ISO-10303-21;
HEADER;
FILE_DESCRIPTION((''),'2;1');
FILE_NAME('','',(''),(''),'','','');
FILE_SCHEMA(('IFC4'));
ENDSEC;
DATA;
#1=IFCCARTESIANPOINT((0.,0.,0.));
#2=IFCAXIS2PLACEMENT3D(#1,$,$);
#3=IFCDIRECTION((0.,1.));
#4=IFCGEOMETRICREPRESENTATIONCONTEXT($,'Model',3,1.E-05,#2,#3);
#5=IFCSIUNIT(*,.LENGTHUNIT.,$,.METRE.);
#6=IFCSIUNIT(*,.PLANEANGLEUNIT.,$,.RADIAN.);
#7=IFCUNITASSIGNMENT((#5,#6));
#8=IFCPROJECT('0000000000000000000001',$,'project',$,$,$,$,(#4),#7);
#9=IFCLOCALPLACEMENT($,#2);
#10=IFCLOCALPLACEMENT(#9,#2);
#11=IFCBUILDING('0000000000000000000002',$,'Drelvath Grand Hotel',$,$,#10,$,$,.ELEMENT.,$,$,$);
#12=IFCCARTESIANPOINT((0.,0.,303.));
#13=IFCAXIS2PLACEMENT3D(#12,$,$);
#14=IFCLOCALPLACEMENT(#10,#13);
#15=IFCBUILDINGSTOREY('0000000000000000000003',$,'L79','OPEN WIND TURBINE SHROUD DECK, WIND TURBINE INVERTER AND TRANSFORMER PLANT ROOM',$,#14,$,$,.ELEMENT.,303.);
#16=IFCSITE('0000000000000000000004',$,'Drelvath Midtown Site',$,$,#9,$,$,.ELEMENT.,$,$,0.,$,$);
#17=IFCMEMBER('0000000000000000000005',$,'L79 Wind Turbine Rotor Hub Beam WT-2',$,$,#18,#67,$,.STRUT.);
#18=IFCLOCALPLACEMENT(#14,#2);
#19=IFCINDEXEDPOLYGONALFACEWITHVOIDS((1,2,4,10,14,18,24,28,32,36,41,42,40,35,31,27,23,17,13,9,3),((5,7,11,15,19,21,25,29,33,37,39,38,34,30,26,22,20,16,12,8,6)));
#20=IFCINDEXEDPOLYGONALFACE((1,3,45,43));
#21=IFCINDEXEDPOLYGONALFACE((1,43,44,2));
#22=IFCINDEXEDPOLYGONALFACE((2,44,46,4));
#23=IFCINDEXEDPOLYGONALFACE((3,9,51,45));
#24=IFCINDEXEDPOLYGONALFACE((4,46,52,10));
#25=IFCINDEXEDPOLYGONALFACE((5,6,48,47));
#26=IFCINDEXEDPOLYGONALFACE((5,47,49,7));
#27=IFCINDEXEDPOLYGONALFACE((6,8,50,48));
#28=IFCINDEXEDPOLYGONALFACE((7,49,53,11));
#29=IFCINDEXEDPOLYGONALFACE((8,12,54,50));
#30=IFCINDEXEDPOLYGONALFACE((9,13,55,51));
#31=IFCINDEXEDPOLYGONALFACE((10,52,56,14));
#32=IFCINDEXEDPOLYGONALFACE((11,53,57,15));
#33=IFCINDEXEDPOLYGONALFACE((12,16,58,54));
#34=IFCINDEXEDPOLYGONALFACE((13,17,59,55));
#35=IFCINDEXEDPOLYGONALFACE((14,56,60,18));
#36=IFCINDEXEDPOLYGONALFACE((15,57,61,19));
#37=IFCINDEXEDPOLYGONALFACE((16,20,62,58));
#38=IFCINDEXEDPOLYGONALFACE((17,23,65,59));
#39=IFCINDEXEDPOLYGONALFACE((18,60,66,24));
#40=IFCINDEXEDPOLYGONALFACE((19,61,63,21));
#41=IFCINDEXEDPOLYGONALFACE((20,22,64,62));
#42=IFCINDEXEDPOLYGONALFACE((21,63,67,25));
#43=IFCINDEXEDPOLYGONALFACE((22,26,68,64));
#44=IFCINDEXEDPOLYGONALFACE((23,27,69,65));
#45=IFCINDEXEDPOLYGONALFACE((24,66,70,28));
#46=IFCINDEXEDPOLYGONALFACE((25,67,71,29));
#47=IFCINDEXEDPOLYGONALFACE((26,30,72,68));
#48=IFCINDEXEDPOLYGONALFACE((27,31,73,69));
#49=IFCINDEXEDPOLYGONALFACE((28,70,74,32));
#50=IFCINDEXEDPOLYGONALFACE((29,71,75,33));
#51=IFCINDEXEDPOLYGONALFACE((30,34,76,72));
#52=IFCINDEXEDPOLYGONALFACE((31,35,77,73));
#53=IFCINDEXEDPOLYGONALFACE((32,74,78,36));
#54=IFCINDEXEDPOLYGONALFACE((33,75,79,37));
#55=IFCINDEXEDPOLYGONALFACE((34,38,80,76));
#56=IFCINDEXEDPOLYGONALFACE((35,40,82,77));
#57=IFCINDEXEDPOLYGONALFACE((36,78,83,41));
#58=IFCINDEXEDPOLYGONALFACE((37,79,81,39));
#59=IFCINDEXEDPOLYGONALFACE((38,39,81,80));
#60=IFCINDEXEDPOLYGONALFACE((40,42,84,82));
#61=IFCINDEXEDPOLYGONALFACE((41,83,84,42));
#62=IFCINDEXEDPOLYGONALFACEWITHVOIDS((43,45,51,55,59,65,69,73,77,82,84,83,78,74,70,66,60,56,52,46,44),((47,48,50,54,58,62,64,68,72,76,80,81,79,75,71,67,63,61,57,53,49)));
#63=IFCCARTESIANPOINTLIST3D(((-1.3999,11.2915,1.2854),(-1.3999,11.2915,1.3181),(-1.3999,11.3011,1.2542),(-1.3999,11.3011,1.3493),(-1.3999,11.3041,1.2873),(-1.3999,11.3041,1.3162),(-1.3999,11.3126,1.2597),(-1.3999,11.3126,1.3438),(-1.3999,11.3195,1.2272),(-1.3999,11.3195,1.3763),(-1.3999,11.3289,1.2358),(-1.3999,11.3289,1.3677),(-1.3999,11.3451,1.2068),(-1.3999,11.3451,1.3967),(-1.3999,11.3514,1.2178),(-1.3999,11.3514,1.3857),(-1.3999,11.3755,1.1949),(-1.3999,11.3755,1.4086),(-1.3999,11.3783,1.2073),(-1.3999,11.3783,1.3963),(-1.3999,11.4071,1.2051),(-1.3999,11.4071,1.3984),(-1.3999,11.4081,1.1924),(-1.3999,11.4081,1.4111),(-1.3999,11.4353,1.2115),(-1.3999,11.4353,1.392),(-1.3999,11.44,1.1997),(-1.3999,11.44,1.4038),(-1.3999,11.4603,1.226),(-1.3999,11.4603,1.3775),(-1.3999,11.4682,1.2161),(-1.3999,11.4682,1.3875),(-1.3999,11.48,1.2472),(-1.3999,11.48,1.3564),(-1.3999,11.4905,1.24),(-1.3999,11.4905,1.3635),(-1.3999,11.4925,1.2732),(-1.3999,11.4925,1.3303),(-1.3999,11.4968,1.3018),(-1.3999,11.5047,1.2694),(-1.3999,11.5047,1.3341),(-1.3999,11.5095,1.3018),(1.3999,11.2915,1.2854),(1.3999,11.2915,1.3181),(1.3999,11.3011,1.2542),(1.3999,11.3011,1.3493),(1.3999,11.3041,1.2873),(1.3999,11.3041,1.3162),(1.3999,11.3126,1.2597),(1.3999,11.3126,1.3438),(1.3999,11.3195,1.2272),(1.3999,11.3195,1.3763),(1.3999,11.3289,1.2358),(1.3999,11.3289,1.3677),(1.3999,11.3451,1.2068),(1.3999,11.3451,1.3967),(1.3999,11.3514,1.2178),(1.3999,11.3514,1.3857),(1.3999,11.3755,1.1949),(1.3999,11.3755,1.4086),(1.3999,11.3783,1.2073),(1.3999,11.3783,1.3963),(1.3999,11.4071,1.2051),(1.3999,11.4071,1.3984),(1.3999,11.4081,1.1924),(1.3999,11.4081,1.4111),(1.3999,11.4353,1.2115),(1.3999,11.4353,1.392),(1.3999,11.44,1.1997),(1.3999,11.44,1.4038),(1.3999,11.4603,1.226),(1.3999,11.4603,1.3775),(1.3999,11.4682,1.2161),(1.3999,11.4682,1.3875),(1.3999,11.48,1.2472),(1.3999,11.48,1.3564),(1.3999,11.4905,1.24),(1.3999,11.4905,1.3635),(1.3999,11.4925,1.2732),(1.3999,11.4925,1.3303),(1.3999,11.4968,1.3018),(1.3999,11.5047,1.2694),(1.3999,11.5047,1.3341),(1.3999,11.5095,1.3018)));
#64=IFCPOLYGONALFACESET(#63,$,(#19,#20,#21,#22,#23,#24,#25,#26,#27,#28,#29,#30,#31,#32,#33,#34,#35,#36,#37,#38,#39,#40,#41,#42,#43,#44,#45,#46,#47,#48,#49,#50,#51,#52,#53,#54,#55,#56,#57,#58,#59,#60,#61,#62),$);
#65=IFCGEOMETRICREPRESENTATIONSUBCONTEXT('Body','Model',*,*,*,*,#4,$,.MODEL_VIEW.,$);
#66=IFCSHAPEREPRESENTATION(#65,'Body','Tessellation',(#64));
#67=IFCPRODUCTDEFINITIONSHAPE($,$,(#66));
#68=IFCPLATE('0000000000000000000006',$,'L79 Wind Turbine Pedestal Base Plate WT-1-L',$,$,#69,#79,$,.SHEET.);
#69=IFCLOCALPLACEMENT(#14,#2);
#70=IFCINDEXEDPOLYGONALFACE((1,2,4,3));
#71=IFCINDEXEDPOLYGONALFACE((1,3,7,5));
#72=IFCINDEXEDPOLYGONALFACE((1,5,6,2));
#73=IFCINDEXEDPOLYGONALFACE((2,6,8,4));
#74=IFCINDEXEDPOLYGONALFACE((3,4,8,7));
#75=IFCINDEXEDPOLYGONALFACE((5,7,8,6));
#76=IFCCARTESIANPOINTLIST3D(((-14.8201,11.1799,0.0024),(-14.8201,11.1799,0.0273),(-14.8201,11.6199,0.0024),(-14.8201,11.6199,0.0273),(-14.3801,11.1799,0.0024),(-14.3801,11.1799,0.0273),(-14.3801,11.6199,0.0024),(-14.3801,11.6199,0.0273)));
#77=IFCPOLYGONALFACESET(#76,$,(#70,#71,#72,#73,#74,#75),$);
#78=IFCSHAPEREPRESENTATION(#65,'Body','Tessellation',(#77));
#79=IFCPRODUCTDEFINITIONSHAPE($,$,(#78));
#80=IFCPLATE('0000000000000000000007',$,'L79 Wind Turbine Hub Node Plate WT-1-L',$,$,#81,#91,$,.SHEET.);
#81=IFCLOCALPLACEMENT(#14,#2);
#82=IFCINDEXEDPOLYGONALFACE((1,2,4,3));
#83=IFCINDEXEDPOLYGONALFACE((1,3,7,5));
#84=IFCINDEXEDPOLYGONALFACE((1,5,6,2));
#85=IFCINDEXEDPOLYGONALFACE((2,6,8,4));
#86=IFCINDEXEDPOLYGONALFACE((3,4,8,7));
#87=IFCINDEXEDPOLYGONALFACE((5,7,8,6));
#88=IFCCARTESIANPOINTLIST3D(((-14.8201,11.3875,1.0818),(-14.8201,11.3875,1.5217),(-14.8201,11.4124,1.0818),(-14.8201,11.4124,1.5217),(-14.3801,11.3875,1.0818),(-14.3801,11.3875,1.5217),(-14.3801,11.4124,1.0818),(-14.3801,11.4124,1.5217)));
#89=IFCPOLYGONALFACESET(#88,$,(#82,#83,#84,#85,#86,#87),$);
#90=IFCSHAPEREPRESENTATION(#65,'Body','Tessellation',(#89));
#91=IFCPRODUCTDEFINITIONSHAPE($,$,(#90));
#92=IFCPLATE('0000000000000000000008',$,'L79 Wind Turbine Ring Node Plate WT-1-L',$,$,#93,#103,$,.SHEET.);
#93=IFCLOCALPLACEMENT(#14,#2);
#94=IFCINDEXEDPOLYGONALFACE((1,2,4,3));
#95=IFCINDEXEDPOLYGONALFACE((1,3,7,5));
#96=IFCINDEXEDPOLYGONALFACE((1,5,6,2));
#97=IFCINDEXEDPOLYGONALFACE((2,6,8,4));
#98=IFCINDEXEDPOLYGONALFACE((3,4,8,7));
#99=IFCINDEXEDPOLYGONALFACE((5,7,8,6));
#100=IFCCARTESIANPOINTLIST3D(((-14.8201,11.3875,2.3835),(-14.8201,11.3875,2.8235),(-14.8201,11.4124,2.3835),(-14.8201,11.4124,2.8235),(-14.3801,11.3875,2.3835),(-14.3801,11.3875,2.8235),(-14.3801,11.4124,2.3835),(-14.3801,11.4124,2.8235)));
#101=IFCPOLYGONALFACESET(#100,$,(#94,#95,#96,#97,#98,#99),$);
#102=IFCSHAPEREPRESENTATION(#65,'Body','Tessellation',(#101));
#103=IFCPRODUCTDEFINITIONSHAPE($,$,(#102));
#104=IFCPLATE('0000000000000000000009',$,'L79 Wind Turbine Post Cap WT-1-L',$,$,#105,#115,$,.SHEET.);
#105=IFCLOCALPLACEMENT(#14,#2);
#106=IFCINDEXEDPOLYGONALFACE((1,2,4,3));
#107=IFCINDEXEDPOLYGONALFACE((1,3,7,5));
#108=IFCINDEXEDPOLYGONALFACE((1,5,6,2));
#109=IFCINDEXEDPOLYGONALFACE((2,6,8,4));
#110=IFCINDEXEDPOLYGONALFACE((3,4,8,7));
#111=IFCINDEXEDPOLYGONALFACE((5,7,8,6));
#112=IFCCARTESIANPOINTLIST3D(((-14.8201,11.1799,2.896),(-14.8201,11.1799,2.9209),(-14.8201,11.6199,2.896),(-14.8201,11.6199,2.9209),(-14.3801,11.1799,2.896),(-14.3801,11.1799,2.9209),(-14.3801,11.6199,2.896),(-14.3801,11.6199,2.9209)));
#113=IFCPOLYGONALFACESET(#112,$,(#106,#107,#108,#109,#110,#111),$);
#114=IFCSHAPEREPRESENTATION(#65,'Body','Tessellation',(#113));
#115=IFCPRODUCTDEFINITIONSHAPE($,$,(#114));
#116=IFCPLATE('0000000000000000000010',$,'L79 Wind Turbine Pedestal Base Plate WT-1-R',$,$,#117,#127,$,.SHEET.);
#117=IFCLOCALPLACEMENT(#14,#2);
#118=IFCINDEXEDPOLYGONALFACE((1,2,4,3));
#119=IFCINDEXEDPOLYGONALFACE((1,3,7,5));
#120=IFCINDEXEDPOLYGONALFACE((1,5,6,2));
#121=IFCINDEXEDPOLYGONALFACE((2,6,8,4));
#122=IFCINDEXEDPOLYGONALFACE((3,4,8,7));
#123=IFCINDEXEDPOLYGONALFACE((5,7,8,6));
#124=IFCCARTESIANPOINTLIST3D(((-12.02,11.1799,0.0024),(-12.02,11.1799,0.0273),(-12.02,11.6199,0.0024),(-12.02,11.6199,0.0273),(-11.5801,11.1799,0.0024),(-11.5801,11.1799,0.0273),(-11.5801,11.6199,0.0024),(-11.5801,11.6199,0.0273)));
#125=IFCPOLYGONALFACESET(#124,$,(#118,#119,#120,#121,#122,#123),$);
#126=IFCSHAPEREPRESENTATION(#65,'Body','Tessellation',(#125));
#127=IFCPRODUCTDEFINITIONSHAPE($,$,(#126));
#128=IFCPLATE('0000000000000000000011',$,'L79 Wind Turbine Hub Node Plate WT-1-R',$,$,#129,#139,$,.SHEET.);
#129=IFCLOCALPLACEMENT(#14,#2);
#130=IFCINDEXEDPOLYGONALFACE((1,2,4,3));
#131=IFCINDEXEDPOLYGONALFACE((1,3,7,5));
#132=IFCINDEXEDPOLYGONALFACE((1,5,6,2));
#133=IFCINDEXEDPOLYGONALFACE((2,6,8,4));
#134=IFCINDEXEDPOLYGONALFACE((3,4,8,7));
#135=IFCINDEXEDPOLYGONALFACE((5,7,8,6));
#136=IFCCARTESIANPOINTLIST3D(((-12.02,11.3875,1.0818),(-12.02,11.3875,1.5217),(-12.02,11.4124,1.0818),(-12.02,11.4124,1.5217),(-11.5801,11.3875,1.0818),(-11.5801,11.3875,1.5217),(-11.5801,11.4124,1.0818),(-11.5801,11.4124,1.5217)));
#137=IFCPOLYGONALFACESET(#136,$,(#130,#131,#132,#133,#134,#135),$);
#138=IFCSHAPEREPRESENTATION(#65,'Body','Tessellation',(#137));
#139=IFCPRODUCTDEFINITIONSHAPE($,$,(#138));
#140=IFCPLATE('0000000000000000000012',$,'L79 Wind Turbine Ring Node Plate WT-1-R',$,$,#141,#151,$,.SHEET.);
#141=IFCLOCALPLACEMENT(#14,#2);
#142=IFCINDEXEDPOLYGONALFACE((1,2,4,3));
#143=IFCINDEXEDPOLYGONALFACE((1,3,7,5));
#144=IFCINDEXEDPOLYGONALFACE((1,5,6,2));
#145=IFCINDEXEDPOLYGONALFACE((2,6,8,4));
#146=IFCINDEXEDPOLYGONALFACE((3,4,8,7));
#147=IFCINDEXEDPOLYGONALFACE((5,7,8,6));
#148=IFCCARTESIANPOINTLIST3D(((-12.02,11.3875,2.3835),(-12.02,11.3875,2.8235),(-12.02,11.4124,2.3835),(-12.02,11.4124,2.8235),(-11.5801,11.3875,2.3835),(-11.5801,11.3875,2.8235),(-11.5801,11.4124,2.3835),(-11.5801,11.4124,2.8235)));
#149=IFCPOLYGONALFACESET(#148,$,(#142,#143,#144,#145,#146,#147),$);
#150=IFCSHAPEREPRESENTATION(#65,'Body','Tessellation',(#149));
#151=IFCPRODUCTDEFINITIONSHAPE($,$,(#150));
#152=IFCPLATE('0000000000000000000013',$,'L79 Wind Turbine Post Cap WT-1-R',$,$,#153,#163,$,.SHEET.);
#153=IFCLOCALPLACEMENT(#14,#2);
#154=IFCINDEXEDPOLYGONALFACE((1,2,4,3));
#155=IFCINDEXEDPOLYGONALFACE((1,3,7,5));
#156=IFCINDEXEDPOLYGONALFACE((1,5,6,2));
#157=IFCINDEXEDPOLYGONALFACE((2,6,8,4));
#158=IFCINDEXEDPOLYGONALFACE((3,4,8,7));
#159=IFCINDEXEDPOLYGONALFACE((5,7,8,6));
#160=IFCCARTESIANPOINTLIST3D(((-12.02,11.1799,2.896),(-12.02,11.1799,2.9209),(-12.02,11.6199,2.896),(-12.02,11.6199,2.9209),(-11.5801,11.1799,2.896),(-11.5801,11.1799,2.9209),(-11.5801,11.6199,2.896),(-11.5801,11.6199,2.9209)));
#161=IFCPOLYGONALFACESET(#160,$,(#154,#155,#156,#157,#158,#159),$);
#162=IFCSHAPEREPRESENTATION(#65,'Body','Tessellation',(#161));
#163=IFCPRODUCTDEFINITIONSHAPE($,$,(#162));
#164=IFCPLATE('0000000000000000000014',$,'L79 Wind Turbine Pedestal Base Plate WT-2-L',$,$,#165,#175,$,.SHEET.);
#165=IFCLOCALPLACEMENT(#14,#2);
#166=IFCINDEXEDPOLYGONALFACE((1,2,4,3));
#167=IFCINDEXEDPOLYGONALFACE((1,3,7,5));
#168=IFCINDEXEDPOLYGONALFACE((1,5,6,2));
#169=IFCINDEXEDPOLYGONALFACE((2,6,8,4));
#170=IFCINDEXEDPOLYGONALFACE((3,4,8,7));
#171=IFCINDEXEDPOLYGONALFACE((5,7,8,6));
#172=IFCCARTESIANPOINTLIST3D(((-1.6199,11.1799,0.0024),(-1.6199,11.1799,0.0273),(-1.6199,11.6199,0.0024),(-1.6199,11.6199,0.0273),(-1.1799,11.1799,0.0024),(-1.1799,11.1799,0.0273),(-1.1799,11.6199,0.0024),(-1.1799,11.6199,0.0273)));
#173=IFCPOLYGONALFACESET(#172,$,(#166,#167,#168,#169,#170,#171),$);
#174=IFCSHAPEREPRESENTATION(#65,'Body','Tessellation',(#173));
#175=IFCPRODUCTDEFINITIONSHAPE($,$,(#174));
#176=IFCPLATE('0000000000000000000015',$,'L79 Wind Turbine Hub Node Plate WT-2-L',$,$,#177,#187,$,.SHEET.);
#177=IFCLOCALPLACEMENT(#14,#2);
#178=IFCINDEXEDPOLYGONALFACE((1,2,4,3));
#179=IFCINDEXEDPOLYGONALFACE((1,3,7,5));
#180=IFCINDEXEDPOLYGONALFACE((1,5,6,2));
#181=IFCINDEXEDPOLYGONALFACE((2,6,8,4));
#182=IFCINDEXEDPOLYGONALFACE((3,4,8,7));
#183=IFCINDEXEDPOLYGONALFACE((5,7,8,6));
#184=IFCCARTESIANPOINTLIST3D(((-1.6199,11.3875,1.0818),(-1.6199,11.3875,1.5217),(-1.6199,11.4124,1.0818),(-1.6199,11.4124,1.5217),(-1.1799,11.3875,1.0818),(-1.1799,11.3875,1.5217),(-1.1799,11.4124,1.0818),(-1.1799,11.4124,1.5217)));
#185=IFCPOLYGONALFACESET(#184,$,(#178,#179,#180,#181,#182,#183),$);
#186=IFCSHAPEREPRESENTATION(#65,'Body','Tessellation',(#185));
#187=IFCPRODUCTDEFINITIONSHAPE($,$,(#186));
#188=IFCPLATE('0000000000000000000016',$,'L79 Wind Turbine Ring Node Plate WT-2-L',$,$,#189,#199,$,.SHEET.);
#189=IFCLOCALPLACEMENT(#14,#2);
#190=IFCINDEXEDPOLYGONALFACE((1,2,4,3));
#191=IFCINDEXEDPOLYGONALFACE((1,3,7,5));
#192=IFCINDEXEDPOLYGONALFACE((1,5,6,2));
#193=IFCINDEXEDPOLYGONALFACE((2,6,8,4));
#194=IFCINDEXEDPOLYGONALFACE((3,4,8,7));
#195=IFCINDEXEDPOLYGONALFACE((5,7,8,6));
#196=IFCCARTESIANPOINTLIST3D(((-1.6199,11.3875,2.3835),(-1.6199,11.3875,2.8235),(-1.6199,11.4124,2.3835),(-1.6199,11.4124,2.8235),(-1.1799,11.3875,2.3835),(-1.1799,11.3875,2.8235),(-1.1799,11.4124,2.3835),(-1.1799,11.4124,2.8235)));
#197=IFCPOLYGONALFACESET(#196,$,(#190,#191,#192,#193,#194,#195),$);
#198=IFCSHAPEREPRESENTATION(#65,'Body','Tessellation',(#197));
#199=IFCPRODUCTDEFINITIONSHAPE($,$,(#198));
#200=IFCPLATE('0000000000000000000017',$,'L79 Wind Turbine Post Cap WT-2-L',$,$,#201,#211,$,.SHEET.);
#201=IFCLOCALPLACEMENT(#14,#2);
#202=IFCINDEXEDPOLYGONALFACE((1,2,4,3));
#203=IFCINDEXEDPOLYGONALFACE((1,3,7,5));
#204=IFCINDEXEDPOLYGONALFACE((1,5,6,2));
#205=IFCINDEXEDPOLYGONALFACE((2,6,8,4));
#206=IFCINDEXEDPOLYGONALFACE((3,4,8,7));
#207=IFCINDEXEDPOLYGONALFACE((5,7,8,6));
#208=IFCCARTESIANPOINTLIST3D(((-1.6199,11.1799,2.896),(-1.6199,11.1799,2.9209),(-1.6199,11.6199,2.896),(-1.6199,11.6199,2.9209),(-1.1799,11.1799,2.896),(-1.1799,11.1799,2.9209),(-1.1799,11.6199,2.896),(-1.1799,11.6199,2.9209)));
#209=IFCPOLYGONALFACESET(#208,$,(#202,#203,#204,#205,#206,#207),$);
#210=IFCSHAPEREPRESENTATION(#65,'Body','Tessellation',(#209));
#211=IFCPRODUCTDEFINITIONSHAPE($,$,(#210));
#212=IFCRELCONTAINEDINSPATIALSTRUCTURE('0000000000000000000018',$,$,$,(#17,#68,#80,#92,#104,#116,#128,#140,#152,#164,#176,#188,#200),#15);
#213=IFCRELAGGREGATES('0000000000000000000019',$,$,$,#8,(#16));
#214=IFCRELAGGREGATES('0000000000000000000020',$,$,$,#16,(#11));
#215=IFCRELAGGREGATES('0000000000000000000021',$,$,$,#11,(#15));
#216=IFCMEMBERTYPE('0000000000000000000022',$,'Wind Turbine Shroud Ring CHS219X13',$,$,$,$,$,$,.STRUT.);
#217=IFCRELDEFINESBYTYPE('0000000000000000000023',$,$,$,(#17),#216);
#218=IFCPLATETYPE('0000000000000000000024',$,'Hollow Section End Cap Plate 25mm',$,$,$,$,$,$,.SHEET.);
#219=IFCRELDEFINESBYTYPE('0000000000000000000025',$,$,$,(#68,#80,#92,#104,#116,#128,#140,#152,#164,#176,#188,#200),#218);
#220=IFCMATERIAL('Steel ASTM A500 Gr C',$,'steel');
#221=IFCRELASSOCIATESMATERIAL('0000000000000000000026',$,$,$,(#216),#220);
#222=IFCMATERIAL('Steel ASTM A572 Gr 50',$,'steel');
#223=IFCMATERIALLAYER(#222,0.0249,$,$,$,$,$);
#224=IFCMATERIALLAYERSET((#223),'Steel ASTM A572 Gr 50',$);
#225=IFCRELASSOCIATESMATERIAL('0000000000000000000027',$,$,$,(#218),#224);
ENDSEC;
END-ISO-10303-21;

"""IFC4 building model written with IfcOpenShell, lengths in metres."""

from ifc_helpers import new_model, si_unit, direction, frame, origin, origin_2d, place, context, subcontext, project, spatial, rectangle, hollow_circle, extrude, material, layer, layer_set, material_profile, profile_set, type_object, element, save


model = new_model("IFC4")

# Units and contexts
model_context = context("Model", 3, precision=1e-05, world=origin(), true_north=direction((0.0, 1.0)))
body_context = subcontext(model_context, "Body", "Model", "MODEL_VIEW")
ifc_project = project(units=[si_unit("LENGTHUNIT", "METRE"), si_unit("PLANEANGLEUNIT", "RADIAN")], contexts=[model_context])

# Site, building, storey
site_placement = place(None, origin())
site = spatial("IfcSite", under=ifc_project, at=site_placement, Name="Drelvath Midtown Site", CompositionType="ELEMENT", RefElevation=0.0)
building_placement = place(site_placement, origin())
building = spatial("IfcBuilding", under=site, at=building_placement, Name="Drelvath Grand Hotel", CompositionType="ELEMENT")
storey_placement = place(building_placement, frame((0.0, 0.0, 303.0)))
storey = spatial("IfcBuildingStorey", under=building, at=storey_placement, Name="L79", Description="OPEN WIND TURBINE SHROUD DECK, WIND TURBINE INVERTER AND TRANSFORMER PLANT ROOM", CompositionType="ELEMENT", Elevation=303.0)

# Member
ifc_material_1 = material(Name="Steel ASTM A500 Gr C", Category="steel")
ifc_material_profile_1 = material_profile(ifc_material_1, hollow_circle(Radius=0.1096, WallThickness=0.0127, at=origin_2d()), Name="CHS219X13")
ifc_profile_set_1 = profile_set([ifc_material_profile_1], Name="Steel ASTM A500 Gr C")
member_type_1 = type_object("IfcMemberType", Name="Wind Turbine Shroud Ring CHS219X13", PredefinedType="STRUT", material=ifc_profile_set_1)
for number, where, z_axis, x_axis, name in (
    (1, (-1.3999, 11.3999, 1.3018), (1.0, 0.0, 0.0), (0.0, 1.0, 0.0), "L79 Wind Turbine Rotor Hub Beam WT-2"),
):
    element("IfcMember", number, at=place(storey_placement, frame(where, z_axis=z_axis, x_axis=x_axis)), inside=storey, type_object=member_type_1, Name=name, PredefinedType="STRUT", context=body_context, shape_type="SweptSolid", body=[
        extrude(hollow_circle(Radius=0.1096, WallThickness=0.0127, at=origin_2d()), origin(), (0.0, 0.0, 1.0), 2.7998),
    ])

# Plates
ifc_material_2 = material(Name="Steel ASTM A572 Gr 50", Category="steel")
ifc_layer_1 = layer(ifc_material_2, 0.0249)
ifc_layer_set_1 = layer_set([ifc_layer_1], Name="Steel ASTM A572 Gr 50")
plate_type = type_object("IfcPlateType", Name="Hollow Section End Cap Plate 25mm", PredefinedType="SHEET", material=ifc_layer_set_1)
plate_1_placement = place(storey_placement, frame((-14.6001, 11.3999, 0.0024), z_axis=(0.0, 0.0, 1.0), x_axis=(1.0, 0.0, 0.0)))
element("IfcPlate", 2, at=plate_1_placement, inside=storey, type_object=plate_type, Name="L79 Wind Turbine Pedestal Base Plate WT-1-L", PredefinedType="SHEET", context=body_context, shape_type="SweptSolid", body=[
    extrude(rectangle(XDim=0.4399, YDim=0.4399, at=origin_2d()), origin(), (0.0, 0.0, 1.0), 0.0249),
])
for number, where, z_axis, x_axis, name in (
    (3, (-14.6001, 11.3999, 1.0818), (0.0, 0.0, 1.0), (1.0, 0.0, 0.0), "L79 Wind Turbine Hub Node Plate WT-1-L"),
    (4, (-14.6001, 11.3999, 2.3835), (0.0, 0.0, 1.0), (1.0, 0.0, 0.0), "L79 Wind Turbine Ring Node Plate WT-1-L"),
):
    element("IfcPlate", number, at=place(storey_placement, frame(where, z_axis=z_axis, x_axis=x_axis)), inside=storey, type_object=plate_type, Name=name, PredefinedType="SHEET", context=body_context, shape_type="SweptSolid", body=[
        extrude(rectangle(XDim=0.4399, YDim=0.0249, at=origin_2d()), origin(), (0.0, 0.0, 1.0), 0.4399),
    ])
for number, where, z_axis, x_axis, name in (
    (5, (-14.6001, 11.3999, 2.896), (0.0, 0.0, 1.0), (1.0, 0.0, 0.0), "L79 Wind Turbine Post Cap WT-1-L"),
    (6, (-11.8, 11.3999, 0.0024), (0.0, 0.0, 1.0), (1.0, 0.0, 0.0), "L79 Wind Turbine Pedestal Base Plate WT-1-R"),
):
    element("IfcPlate", number, at=place(storey_placement, frame(where, z_axis=z_axis, x_axis=x_axis)), inside=storey, type_object=plate_type, Name=name, PredefinedType="SHEET", context=body_context, shape_type="SweptSolid", body=[
        extrude(rectangle(XDim=0.4399, YDim=0.4399, at=origin_2d()), origin(), (0.0, 0.0, 1.0), 0.0249),
    ])
for number, where, z_axis, x_axis, name in (
    (7, (-11.8, 11.3999, 1.0818), (0.0, 0.0, 1.0), (1.0, 0.0, 0.0), "L79 Wind Turbine Hub Node Plate WT-1-R"),
    (8, (-11.8, 11.3999, 2.3835), (0.0, 0.0, 1.0), (1.0, 0.0, 0.0), "L79 Wind Turbine Ring Node Plate WT-1-R"),
):
    element("IfcPlate", number, at=place(storey_placement, frame(where, z_axis=z_axis, x_axis=x_axis)), inside=storey, type_object=plate_type, Name=name, PredefinedType="SHEET", context=body_context, shape_type="SweptSolid", body=[
        extrude(rectangle(XDim=0.4399, YDim=0.0249, at=origin_2d()), origin(), (0.0, 0.0, 1.0), 0.4399),
    ])
for number, where, z_axis, x_axis, name in (
    (9, (-11.8, 11.3999, 2.896), (0.0, 0.0, 1.0), (1.0, 0.0, 0.0), "L79 Wind Turbine Post Cap WT-1-R"),
    (10, (-1.3999, 11.3999, 0.0024), (0.0, 0.0, 1.0), (1.0, 0.0, 0.0), "L79 Wind Turbine Pedestal Base Plate WT-2-L"),
):
    element("IfcPlate", number, at=place(storey_placement, frame(where, z_axis=z_axis, x_axis=x_axis)), inside=storey, type_object=plate_type, Name=name, PredefinedType="SHEET", context=body_context, shape_type="SweptSolid", body=[
        extrude(rectangle(XDim=0.4399, YDim=0.4399, at=origin_2d()), origin(), (0.0, 0.0, 1.0), 0.0249),
    ])
for number, where, z_axis, x_axis, name in (
    (11, (-1.3999, 11.3999, 1.0818), (0.0, 0.0, 1.0), (1.0, 0.0, 0.0), "L79 Wind Turbine Hub Node Plate WT-2-L"),
    (12, (-1.3999, 11.3999, 2.3835), (0.0, 0.0, 1.0), (1.0, 0.0, 0.0), "L79 Wind Turbine Ring Node Plate WT-2-L"),
):
    element("IfcPlate", number, at=place(storey_placement, frame(where, z_axis=z_axis, x_axis=x_axis)), inside=storey, type_object=plate_type, Name=name, PredefinedType="SHEET", context=body_context, shape_type="SweptSolid", body=[
        extrude(rectangle(XDim=0.4399, YDim=0.0249, at=origin_2d()), origin(), (0.0, 0.0, 1.0), 0.4399),
    ])
plate_2_placement = place(storey_placement, frame((-1.3999, 11.3999, 2.896), z_axis=(0.0, 0.0, 1.0), x_axis=(1.0, 0.0, 0.0)))
element("IfcPlate", 13, at=plate_2_placement, inside=storey, type_object=plate_type, Name="L79 Wind Turbine Post Cap WT-2-L", PredefinedType="SHEET", context=body_context, shape_type="SweptSolid", body=[
    extrude(rectangle(XDim=0.4399, YDim=0.4399, at=origin_2d()), origin(), (0.0, 0.0, 1.0), 0.0249),
])

save(model, "model.ifc")
